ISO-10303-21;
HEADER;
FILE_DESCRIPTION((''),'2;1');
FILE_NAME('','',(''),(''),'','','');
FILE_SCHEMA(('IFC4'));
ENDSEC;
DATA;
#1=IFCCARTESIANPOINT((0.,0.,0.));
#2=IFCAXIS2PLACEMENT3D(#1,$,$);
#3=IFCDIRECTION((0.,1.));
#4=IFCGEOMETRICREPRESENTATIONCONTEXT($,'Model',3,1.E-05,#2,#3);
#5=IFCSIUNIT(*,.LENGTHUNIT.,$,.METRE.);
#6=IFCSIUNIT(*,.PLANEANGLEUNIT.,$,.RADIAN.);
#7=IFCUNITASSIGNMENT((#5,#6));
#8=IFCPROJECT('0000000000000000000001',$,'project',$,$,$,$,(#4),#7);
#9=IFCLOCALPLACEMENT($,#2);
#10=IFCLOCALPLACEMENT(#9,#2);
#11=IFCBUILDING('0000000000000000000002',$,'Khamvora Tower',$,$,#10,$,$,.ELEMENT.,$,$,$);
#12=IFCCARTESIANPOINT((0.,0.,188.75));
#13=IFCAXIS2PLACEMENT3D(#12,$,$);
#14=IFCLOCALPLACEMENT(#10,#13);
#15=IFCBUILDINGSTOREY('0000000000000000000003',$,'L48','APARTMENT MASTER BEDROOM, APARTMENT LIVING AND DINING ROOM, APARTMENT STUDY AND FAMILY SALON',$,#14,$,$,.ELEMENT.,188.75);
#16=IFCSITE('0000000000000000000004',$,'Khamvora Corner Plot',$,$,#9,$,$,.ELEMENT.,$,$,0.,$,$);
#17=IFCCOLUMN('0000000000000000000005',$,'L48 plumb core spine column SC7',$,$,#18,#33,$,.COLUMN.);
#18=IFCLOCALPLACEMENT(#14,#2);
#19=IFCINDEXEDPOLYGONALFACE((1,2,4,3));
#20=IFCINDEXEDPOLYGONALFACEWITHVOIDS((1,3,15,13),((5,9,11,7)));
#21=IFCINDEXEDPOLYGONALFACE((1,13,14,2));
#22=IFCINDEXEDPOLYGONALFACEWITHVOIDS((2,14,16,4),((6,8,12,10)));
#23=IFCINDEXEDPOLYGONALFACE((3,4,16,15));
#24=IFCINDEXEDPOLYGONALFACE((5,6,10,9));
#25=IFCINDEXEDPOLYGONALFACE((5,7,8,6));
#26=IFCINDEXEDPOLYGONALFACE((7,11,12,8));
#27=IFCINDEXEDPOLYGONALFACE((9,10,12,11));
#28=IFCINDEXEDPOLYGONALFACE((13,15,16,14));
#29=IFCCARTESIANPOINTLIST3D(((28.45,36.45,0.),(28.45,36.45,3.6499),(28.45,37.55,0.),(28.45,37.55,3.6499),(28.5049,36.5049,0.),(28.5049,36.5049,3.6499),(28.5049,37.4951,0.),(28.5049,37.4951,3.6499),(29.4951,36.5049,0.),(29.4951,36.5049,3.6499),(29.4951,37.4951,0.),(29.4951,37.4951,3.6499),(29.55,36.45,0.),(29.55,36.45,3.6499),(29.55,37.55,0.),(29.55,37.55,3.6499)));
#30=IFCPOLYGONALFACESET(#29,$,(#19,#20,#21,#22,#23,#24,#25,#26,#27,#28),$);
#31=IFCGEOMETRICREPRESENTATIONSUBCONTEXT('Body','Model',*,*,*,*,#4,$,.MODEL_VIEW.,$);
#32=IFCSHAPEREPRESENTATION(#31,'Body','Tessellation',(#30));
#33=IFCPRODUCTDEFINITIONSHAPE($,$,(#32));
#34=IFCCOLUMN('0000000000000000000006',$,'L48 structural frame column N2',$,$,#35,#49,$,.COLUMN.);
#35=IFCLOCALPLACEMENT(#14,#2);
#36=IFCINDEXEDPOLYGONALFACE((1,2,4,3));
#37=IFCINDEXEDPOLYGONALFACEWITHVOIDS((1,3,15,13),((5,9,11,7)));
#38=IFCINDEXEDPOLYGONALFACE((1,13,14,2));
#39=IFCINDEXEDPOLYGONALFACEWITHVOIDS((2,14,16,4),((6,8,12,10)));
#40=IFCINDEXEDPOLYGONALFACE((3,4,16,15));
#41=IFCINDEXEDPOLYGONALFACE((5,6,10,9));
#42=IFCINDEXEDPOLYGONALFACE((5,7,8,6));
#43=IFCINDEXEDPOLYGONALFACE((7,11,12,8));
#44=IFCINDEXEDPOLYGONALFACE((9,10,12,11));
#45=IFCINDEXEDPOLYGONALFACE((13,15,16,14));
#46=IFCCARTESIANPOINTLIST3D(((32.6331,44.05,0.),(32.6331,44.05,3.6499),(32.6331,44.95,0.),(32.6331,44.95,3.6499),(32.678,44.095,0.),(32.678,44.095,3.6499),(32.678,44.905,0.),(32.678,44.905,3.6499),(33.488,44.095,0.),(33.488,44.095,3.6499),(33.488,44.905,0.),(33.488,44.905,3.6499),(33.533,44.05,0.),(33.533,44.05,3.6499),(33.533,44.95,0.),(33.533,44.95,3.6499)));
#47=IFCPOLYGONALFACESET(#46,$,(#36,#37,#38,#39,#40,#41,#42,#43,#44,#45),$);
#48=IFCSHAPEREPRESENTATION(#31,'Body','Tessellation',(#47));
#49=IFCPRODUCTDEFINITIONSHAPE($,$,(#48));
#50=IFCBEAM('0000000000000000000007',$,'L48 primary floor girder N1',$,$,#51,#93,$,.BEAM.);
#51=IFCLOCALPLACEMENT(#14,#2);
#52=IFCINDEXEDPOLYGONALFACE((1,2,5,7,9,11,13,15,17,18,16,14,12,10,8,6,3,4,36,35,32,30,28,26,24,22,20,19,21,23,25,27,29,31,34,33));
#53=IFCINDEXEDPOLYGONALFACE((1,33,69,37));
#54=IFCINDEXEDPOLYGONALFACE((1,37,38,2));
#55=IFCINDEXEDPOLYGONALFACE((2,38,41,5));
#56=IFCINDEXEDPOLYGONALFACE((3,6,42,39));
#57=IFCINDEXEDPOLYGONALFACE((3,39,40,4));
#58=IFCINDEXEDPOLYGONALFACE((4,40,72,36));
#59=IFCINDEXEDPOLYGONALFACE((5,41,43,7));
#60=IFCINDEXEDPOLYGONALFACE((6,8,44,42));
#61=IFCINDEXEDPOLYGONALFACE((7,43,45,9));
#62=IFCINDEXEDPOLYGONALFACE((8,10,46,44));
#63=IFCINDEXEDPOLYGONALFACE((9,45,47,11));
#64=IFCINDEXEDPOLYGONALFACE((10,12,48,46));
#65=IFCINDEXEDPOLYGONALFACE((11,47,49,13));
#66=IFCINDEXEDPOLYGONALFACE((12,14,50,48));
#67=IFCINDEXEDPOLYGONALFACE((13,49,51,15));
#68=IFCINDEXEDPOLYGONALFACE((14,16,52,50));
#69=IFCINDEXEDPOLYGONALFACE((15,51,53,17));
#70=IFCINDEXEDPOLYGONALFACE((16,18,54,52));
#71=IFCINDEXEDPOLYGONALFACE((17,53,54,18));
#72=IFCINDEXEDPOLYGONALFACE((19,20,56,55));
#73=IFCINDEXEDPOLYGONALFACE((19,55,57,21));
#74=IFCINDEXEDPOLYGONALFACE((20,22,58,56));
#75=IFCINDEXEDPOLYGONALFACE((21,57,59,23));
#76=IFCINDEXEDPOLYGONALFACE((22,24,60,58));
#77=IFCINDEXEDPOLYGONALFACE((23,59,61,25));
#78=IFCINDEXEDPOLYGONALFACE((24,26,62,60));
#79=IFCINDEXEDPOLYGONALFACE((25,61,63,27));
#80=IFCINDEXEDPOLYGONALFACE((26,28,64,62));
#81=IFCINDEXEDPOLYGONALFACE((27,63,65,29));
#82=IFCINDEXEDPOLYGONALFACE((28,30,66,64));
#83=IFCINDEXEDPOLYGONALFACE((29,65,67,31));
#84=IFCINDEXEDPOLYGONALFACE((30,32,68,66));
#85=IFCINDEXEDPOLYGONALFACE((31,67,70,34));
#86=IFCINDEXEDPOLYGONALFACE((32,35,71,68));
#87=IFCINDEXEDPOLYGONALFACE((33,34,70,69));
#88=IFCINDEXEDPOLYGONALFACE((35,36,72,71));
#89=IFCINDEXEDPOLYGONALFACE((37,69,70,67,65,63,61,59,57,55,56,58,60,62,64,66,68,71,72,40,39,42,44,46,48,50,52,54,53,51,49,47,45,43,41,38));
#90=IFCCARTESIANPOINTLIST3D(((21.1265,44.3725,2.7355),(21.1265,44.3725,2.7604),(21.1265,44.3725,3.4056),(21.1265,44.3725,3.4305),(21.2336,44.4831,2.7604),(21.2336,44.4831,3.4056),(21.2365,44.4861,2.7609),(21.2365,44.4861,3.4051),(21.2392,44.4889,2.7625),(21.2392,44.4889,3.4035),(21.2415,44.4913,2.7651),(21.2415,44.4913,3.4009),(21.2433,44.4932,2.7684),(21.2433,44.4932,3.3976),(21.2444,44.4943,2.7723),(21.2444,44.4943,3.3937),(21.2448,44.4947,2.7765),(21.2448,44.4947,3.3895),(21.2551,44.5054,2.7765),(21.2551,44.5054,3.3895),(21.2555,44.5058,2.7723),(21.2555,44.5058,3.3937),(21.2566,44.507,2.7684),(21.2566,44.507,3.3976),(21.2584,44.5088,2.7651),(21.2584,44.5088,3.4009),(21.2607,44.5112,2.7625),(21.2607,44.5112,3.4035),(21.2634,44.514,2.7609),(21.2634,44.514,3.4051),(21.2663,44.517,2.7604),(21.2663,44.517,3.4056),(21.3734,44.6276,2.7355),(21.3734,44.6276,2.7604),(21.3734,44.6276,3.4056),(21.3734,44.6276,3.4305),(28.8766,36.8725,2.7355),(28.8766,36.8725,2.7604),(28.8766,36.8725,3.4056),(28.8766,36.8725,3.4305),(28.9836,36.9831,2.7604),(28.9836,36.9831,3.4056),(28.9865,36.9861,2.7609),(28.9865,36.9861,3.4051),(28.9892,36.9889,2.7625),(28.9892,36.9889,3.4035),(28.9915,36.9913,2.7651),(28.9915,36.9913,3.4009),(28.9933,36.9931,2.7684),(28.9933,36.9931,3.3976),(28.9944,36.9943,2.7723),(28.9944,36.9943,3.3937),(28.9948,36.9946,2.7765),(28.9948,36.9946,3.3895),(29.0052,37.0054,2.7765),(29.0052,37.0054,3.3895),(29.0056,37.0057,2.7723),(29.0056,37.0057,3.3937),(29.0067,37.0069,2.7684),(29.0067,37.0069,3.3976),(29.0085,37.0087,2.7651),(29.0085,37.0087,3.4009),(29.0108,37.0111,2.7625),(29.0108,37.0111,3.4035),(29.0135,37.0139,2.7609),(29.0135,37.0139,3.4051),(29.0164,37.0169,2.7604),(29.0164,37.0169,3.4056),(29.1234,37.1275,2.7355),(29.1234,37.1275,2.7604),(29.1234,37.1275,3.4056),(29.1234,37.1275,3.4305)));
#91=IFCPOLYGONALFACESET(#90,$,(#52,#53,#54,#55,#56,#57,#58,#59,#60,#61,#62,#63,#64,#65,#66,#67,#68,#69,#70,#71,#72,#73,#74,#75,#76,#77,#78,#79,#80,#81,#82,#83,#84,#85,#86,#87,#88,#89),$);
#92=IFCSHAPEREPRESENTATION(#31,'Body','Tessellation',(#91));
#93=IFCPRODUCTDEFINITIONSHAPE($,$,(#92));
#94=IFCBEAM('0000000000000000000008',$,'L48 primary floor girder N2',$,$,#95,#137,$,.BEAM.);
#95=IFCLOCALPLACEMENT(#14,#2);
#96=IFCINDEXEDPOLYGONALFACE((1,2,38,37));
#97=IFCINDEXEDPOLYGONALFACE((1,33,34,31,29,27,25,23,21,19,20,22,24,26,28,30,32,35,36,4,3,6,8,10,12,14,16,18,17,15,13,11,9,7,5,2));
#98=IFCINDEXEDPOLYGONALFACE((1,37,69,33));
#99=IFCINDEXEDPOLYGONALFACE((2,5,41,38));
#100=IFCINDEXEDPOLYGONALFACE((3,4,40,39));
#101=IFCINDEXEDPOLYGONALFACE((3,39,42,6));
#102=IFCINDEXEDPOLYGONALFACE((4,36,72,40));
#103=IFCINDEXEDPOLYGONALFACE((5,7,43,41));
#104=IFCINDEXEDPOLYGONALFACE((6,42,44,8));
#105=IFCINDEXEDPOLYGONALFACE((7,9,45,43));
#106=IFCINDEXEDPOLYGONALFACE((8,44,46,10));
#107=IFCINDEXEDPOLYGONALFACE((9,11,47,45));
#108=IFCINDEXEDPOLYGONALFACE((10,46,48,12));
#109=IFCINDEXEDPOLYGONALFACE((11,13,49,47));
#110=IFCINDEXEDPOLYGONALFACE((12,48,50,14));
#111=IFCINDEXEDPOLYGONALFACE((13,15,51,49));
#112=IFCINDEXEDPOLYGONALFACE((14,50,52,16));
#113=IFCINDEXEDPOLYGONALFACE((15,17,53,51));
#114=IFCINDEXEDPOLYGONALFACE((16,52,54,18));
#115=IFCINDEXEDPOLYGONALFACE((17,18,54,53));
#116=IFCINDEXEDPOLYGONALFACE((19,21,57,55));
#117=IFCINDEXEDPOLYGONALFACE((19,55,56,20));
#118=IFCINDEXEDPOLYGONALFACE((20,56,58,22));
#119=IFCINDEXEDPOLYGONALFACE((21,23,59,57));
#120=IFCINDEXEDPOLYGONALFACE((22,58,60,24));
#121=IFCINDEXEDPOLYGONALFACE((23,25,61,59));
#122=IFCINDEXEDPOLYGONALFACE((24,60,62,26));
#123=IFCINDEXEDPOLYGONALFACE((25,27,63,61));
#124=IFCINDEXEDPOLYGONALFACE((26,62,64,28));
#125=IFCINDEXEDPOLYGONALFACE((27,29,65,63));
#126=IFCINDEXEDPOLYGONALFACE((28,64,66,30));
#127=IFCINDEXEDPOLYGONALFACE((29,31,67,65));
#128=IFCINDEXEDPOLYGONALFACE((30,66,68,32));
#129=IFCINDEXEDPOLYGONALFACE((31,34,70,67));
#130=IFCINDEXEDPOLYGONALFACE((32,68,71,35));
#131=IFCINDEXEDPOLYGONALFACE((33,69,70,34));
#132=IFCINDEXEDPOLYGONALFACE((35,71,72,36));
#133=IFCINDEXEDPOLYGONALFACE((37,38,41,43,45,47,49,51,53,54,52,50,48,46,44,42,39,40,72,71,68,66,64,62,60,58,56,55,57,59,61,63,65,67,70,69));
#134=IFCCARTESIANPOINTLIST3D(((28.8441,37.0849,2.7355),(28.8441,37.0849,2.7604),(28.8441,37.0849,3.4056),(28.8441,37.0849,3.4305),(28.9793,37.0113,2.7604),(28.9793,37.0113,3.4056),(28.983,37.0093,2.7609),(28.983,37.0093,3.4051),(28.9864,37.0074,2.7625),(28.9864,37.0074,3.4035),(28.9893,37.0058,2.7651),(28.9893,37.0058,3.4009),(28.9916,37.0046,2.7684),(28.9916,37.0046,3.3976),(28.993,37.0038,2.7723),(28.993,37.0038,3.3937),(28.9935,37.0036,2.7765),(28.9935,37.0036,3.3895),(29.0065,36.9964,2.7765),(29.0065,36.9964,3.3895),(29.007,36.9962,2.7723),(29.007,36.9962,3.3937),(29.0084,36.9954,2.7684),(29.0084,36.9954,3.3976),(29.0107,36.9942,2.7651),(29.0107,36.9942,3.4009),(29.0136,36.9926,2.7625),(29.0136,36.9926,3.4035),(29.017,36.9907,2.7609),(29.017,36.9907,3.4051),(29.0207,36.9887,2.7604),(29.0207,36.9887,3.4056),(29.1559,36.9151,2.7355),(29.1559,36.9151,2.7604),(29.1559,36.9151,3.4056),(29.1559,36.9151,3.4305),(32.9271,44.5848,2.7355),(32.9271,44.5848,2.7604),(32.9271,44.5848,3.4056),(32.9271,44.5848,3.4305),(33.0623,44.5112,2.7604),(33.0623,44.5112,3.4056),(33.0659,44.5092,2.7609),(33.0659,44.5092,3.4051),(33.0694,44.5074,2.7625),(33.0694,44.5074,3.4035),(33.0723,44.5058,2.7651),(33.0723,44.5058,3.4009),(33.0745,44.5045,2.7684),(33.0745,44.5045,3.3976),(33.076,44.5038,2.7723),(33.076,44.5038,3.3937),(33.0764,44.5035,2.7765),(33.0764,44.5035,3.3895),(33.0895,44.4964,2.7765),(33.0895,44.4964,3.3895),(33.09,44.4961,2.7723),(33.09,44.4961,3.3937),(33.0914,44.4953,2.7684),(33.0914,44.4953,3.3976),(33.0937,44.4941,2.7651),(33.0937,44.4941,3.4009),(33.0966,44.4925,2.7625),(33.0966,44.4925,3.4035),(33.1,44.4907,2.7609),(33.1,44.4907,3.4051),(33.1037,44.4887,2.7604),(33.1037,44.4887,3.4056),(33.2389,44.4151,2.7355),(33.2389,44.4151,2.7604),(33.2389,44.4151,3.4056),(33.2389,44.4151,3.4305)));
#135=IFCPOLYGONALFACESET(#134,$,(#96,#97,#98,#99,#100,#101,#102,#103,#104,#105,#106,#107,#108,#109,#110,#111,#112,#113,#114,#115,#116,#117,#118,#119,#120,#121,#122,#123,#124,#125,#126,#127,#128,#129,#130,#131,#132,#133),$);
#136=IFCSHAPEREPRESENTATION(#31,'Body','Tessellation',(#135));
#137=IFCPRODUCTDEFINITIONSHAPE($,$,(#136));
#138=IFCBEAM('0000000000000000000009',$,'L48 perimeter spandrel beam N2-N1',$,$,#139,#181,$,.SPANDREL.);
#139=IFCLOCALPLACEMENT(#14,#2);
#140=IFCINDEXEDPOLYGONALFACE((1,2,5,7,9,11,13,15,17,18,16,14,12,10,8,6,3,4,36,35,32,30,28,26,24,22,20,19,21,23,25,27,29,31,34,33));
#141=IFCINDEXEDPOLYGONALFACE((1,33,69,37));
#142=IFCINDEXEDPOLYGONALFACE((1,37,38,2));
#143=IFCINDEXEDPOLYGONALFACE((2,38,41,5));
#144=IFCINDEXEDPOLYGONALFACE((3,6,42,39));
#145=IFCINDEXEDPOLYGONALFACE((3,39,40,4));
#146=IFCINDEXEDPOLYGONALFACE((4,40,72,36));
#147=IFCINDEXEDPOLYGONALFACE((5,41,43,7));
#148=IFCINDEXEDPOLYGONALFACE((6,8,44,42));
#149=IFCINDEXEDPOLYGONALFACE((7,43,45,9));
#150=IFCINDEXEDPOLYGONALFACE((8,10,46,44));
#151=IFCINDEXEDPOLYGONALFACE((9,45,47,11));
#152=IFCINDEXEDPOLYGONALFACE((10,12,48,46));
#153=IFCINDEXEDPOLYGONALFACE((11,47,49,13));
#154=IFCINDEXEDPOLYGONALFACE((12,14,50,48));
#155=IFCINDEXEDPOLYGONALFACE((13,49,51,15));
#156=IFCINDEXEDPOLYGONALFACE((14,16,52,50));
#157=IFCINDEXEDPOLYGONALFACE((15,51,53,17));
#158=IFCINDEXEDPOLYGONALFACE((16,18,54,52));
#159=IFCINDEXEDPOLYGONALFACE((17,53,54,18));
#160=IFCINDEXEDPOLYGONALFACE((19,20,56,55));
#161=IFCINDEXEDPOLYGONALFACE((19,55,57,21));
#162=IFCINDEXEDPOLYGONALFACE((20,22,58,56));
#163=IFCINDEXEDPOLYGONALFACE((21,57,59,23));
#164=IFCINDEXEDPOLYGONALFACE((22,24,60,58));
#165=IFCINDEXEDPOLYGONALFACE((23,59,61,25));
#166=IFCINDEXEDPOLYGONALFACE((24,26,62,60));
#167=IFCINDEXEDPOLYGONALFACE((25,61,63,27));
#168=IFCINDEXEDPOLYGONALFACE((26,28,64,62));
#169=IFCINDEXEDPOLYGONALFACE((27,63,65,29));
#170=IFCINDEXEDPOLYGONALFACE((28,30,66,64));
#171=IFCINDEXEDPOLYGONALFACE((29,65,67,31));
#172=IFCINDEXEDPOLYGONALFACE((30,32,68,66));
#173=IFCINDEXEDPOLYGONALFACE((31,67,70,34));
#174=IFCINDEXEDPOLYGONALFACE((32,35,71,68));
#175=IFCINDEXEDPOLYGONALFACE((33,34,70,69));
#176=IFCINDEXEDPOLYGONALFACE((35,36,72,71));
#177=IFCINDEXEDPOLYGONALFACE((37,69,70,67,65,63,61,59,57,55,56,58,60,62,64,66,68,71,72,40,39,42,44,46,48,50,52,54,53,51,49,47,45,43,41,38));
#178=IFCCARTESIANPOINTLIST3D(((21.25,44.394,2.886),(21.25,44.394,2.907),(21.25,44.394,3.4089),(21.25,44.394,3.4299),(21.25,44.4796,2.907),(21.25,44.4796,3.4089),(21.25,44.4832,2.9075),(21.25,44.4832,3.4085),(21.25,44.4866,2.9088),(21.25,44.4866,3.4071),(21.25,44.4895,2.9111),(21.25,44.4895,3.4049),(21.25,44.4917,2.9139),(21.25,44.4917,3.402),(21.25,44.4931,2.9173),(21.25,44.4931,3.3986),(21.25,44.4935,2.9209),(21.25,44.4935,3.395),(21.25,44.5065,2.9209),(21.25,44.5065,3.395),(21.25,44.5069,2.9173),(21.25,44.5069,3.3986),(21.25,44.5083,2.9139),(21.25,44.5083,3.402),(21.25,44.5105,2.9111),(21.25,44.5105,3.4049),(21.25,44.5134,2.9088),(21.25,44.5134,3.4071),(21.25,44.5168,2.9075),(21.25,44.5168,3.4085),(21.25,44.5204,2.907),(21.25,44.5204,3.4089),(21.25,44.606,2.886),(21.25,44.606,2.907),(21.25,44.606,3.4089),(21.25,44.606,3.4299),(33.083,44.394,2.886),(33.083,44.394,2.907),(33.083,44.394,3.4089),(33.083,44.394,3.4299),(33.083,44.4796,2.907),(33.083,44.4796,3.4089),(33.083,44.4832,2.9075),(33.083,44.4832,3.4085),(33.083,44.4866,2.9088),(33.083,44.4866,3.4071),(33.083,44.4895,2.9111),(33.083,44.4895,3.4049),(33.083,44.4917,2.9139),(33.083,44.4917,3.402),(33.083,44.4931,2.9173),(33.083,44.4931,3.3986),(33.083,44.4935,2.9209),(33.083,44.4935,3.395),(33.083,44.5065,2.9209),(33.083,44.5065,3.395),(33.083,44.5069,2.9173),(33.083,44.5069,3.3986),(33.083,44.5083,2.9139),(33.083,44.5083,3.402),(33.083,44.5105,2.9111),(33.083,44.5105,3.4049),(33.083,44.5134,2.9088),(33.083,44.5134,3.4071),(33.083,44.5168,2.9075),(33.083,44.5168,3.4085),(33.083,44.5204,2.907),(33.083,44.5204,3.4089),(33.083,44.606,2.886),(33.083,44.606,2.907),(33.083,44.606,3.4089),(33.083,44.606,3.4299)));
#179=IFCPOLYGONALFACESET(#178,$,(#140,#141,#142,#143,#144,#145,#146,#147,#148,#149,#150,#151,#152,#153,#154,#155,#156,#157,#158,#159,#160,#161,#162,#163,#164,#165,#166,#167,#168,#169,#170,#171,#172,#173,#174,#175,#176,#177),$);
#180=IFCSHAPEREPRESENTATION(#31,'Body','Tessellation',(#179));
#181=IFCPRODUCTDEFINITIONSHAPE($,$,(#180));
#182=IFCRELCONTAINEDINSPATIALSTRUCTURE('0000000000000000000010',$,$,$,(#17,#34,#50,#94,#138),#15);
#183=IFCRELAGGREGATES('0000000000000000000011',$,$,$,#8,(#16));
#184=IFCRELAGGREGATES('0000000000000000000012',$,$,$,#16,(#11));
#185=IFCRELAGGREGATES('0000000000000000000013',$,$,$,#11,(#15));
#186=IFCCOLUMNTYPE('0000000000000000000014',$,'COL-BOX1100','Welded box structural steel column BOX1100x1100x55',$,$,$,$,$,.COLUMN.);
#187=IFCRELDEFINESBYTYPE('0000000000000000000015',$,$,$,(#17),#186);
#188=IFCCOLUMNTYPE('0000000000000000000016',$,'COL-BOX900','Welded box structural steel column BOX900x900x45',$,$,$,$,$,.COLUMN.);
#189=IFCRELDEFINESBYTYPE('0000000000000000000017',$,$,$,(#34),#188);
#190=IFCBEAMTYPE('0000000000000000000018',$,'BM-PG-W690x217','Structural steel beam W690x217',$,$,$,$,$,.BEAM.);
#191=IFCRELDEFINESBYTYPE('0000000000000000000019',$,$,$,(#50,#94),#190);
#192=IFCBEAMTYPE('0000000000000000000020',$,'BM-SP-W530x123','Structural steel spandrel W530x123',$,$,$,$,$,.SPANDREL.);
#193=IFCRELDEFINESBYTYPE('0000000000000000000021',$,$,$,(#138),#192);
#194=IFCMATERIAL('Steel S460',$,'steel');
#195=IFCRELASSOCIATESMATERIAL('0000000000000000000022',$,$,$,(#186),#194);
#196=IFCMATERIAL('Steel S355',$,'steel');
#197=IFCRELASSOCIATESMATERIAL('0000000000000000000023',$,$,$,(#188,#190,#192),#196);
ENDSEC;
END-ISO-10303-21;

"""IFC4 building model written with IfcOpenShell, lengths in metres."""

from ifc_helpers import new_model, si_unit, direction, frame, origin, origin_2d, place, context, subcontext, project, spatial, hollow_rectangle, i_section, extrude, material, material_profile, profile_set, type_object, element, save


model = new_model("IFC4")

# Units and contexts
model_context = context("Model", 3, precision=1e-05, world=origin(), true_north=direction((0.0, 1.0)))
body_context = subcontext(model_context, "Body", "Model", "MODEL_VIEW")
ifc_project = project(units=[si_unit("LENGTHUNIT", "METRE"), si_unit("PLANEANGLEUNIT", "RADIAN")], contexts=[model_context])

# Site, building, storey
site_placement = place(None, origin())
site = spatial("IfcSite", under=ifc_project, at=site_placement, Name="Khamvora Corner Plot", CompositionType="ELEMENT", RefElevation=0.0)
building_placement = place(site_placement, origin())
building = spatial("IfcBuilding", under=site, at=building_placement, Name="Khamvora Tower", CompositionType="ELEMENT")
storey_placement = place(building_placement, frame((0.0, 0.0, 188.75)))
storey = spatial("IfcBuildingStorey", under=building, at=storey_placement, Name="L48", Description="APARTMENT MASTER BEDROOM, APARTMENT LIVING AND DINING ROOM, APARTMENT STUDY AND FAMILY SALON", CompositionType="ELEMENT", Elevation=188.75)

# Columns
ifc_material_1 = material(Name="Steel S460", Category="steel")
ifc_material_profile_1 = material_profile(ifc_material_1, hollow_rectangle(XDim=1.1001, YDim=1.1001, WallThickness=0.0549, at=origin_2d()), Name="BOX1100x1100x55")
ifc_profile_set_1 = profile_set([ifc_material_profile_1], Name="Steel S460")
column_type_1 = type_object("IfcColumnType", Name="COL-BOX1100", Description="Welded box structural steel column BOX1100x1100x55", PredefinedType="COLUMN", material=ifc_profile_set_1)
column_1_placement = place(storey_placement, frame((29.0, 37.0, 0.0), z_axis=(0.0, 0.0, 1.0), x_axis=(1.0, 0.0, 0.0)))
element("IfcColumn", 1, at=column_1_placement, inside=storey, type_object=column_type_1, Name="L48 plumb core spine column SC7", PredefinedType="COLUMN", context=body_context, shape_type="SweptSolid", body=[
    extrude(hollow_rectangle(XDim=1.1001, YDim=1.1001, WallThickness=0.0549, at=origin_2d()), origin(), (0.0, 0.0, 1.0), 3.6499),
])
ifc_material_2 = material(Name="Steel S355", Category="steel")
ifc_material_profile_2 = material_profile(ifc_material_2, hollow_rectangle(XDim=0.8999, YDim=0.8999, WallThickness=0.0449, at=origin_2d()), Name="BOX900x900x45")
ifc_profile_set_2 = profile_set([ifc_material_profile_2], Name="Steel S355")
column_type_2 = type_object("IfcColumnType", Name="COL-BOX900", Description="Welded box structural steel column BOX900x900x45", PredefinedType="COLUMN", material=ifc_profile_set_2)
column_2_placement = place(storey_placement, frame((33.083, 44.5, 0.0), z_axis=(0.0, 0.0, 1.0), x_axis=(1.0, 0.0, 0.0)))
element("IfcColumn", 2, at=column_2_placement, inside=storey, type_object=column_type_2, Name="L48 structural frame column N2", PredefinedType="COLUMN", context=body_context, shape_type="SweptSolid", body=[
    extrude(hollow_rectangle(XDim=0.8999, YDim=0.8999, WallThickness=0.0449, at=origin_2d()), origin(), (0.0, 0.0, 1.0), 3.6499),
])

# Beams
ifc_material_profile_3 = material_profile(ifc_material_2, i_section(OverallWidth=0.355, OverallDepth=0.6951, WebThickness=0.0149, FlangeThickness=0.0249, FilletRadius=0.0161, at=origin_2d()), Name="W690x217")
ifc_profile_set_3 = profile_set([ifc_material_profile_3], Name="Steel S355")
beam_type_1 = type_object("IfcBeamType", Name="BM-PG-W690x217", Description="Structural steel beam W690x217", PredefinedType="BEAM", material=ifc_profile_set_3)
beam_1_placement = place(storey_placement, frame((29.0, 37.0, 3.083), z_axis=(-0.718602, 0.695421, 0.0), x_axis=(-0.695421, -0.718602, 0.0)))
element("IfcBeam", 3, at=beam_1_placement, inside=storey, type_object=beam_type_1, Name="L48 primary floor girder N1", PredefinedType="BEAM", context=body_context, shape_type="SweptSolid", body=[
    extrude(i_section(OverallWidth=0.355, OverallDepth=0.6951, WebThickness=0.0149, FlangeThickness=0.0249, FilletRadius=0.0161, at=origin_2d()), origin(), (0.0, 0.0, 1.0), 10.7849),
])
beam_2_placement = place(storey_placement, frame((29.0, 37.0, 3.083), z_axis=(0.478139, 0.878284, 0.0), x_axis=(-0.878284, 0.478139, 0.0)))
element("IfcBeam", 4, at=beam_2_placement, inside=storey, type_object=beam_type_1, Name="L48 primary floor girder N2", PredefinedType="BEAM", context=body_context, shape_type="SweptSolid", body=[
    extrude(i_section(OverallWidth=0.355, OverallDepth=0.6951, WebThickness=0.0149, FlangeThickness=0.0249, FilletRadius=0.0161, at=origin_2d()), origin(), (0.0, 0.0, 1.0), 8.5393),
])
ifc_material_profile_4 = material_profile(ifc_material_2, i_section(OverallWidth=0.2119, OverallDepth=0.5439, WebThickness=0.0129, FlangeThickness=0.021, FilletRadius=0.0139, at=origin_2d()), Name="W530x123")
ifc_profile_set_4 = profile_set([ifc_material_profile_4], Name="Steel S355")
beam_type_2 = type_object("IfcBeamType", Name="BM-SP-W530x123", Description="Structural steel spandrel W530x123", PredefinedType="SPANDREL", material=ifc_profile_set_4)
beam_3_placement = place(storey_placement, frame((33.083, 44.5, 3.158), z_axis=(-1.0, 0.0, 0.0), x_axis=(0.0, -1.0, 0.0)))
element("IfcBeam", 5, at=beam_3_placement, inside=storey, type_object=beam_type_2, Name="L48 perimeter spandrel beam N2-N1", PredefinedType="SPANDREL", context=body_context, shape_type="SweptSolid", body=[
    extrude(i_section(OverallWidth=0.2119, OverallDepth=0.5439, WebThickness=0.0129, FlangeThickness=0.021, FilletRadius=0.0139, at=origin_2d()), origin(), (0.0, 0.0, 1.0), 11.833),
])

save(model, "model.ifc")
